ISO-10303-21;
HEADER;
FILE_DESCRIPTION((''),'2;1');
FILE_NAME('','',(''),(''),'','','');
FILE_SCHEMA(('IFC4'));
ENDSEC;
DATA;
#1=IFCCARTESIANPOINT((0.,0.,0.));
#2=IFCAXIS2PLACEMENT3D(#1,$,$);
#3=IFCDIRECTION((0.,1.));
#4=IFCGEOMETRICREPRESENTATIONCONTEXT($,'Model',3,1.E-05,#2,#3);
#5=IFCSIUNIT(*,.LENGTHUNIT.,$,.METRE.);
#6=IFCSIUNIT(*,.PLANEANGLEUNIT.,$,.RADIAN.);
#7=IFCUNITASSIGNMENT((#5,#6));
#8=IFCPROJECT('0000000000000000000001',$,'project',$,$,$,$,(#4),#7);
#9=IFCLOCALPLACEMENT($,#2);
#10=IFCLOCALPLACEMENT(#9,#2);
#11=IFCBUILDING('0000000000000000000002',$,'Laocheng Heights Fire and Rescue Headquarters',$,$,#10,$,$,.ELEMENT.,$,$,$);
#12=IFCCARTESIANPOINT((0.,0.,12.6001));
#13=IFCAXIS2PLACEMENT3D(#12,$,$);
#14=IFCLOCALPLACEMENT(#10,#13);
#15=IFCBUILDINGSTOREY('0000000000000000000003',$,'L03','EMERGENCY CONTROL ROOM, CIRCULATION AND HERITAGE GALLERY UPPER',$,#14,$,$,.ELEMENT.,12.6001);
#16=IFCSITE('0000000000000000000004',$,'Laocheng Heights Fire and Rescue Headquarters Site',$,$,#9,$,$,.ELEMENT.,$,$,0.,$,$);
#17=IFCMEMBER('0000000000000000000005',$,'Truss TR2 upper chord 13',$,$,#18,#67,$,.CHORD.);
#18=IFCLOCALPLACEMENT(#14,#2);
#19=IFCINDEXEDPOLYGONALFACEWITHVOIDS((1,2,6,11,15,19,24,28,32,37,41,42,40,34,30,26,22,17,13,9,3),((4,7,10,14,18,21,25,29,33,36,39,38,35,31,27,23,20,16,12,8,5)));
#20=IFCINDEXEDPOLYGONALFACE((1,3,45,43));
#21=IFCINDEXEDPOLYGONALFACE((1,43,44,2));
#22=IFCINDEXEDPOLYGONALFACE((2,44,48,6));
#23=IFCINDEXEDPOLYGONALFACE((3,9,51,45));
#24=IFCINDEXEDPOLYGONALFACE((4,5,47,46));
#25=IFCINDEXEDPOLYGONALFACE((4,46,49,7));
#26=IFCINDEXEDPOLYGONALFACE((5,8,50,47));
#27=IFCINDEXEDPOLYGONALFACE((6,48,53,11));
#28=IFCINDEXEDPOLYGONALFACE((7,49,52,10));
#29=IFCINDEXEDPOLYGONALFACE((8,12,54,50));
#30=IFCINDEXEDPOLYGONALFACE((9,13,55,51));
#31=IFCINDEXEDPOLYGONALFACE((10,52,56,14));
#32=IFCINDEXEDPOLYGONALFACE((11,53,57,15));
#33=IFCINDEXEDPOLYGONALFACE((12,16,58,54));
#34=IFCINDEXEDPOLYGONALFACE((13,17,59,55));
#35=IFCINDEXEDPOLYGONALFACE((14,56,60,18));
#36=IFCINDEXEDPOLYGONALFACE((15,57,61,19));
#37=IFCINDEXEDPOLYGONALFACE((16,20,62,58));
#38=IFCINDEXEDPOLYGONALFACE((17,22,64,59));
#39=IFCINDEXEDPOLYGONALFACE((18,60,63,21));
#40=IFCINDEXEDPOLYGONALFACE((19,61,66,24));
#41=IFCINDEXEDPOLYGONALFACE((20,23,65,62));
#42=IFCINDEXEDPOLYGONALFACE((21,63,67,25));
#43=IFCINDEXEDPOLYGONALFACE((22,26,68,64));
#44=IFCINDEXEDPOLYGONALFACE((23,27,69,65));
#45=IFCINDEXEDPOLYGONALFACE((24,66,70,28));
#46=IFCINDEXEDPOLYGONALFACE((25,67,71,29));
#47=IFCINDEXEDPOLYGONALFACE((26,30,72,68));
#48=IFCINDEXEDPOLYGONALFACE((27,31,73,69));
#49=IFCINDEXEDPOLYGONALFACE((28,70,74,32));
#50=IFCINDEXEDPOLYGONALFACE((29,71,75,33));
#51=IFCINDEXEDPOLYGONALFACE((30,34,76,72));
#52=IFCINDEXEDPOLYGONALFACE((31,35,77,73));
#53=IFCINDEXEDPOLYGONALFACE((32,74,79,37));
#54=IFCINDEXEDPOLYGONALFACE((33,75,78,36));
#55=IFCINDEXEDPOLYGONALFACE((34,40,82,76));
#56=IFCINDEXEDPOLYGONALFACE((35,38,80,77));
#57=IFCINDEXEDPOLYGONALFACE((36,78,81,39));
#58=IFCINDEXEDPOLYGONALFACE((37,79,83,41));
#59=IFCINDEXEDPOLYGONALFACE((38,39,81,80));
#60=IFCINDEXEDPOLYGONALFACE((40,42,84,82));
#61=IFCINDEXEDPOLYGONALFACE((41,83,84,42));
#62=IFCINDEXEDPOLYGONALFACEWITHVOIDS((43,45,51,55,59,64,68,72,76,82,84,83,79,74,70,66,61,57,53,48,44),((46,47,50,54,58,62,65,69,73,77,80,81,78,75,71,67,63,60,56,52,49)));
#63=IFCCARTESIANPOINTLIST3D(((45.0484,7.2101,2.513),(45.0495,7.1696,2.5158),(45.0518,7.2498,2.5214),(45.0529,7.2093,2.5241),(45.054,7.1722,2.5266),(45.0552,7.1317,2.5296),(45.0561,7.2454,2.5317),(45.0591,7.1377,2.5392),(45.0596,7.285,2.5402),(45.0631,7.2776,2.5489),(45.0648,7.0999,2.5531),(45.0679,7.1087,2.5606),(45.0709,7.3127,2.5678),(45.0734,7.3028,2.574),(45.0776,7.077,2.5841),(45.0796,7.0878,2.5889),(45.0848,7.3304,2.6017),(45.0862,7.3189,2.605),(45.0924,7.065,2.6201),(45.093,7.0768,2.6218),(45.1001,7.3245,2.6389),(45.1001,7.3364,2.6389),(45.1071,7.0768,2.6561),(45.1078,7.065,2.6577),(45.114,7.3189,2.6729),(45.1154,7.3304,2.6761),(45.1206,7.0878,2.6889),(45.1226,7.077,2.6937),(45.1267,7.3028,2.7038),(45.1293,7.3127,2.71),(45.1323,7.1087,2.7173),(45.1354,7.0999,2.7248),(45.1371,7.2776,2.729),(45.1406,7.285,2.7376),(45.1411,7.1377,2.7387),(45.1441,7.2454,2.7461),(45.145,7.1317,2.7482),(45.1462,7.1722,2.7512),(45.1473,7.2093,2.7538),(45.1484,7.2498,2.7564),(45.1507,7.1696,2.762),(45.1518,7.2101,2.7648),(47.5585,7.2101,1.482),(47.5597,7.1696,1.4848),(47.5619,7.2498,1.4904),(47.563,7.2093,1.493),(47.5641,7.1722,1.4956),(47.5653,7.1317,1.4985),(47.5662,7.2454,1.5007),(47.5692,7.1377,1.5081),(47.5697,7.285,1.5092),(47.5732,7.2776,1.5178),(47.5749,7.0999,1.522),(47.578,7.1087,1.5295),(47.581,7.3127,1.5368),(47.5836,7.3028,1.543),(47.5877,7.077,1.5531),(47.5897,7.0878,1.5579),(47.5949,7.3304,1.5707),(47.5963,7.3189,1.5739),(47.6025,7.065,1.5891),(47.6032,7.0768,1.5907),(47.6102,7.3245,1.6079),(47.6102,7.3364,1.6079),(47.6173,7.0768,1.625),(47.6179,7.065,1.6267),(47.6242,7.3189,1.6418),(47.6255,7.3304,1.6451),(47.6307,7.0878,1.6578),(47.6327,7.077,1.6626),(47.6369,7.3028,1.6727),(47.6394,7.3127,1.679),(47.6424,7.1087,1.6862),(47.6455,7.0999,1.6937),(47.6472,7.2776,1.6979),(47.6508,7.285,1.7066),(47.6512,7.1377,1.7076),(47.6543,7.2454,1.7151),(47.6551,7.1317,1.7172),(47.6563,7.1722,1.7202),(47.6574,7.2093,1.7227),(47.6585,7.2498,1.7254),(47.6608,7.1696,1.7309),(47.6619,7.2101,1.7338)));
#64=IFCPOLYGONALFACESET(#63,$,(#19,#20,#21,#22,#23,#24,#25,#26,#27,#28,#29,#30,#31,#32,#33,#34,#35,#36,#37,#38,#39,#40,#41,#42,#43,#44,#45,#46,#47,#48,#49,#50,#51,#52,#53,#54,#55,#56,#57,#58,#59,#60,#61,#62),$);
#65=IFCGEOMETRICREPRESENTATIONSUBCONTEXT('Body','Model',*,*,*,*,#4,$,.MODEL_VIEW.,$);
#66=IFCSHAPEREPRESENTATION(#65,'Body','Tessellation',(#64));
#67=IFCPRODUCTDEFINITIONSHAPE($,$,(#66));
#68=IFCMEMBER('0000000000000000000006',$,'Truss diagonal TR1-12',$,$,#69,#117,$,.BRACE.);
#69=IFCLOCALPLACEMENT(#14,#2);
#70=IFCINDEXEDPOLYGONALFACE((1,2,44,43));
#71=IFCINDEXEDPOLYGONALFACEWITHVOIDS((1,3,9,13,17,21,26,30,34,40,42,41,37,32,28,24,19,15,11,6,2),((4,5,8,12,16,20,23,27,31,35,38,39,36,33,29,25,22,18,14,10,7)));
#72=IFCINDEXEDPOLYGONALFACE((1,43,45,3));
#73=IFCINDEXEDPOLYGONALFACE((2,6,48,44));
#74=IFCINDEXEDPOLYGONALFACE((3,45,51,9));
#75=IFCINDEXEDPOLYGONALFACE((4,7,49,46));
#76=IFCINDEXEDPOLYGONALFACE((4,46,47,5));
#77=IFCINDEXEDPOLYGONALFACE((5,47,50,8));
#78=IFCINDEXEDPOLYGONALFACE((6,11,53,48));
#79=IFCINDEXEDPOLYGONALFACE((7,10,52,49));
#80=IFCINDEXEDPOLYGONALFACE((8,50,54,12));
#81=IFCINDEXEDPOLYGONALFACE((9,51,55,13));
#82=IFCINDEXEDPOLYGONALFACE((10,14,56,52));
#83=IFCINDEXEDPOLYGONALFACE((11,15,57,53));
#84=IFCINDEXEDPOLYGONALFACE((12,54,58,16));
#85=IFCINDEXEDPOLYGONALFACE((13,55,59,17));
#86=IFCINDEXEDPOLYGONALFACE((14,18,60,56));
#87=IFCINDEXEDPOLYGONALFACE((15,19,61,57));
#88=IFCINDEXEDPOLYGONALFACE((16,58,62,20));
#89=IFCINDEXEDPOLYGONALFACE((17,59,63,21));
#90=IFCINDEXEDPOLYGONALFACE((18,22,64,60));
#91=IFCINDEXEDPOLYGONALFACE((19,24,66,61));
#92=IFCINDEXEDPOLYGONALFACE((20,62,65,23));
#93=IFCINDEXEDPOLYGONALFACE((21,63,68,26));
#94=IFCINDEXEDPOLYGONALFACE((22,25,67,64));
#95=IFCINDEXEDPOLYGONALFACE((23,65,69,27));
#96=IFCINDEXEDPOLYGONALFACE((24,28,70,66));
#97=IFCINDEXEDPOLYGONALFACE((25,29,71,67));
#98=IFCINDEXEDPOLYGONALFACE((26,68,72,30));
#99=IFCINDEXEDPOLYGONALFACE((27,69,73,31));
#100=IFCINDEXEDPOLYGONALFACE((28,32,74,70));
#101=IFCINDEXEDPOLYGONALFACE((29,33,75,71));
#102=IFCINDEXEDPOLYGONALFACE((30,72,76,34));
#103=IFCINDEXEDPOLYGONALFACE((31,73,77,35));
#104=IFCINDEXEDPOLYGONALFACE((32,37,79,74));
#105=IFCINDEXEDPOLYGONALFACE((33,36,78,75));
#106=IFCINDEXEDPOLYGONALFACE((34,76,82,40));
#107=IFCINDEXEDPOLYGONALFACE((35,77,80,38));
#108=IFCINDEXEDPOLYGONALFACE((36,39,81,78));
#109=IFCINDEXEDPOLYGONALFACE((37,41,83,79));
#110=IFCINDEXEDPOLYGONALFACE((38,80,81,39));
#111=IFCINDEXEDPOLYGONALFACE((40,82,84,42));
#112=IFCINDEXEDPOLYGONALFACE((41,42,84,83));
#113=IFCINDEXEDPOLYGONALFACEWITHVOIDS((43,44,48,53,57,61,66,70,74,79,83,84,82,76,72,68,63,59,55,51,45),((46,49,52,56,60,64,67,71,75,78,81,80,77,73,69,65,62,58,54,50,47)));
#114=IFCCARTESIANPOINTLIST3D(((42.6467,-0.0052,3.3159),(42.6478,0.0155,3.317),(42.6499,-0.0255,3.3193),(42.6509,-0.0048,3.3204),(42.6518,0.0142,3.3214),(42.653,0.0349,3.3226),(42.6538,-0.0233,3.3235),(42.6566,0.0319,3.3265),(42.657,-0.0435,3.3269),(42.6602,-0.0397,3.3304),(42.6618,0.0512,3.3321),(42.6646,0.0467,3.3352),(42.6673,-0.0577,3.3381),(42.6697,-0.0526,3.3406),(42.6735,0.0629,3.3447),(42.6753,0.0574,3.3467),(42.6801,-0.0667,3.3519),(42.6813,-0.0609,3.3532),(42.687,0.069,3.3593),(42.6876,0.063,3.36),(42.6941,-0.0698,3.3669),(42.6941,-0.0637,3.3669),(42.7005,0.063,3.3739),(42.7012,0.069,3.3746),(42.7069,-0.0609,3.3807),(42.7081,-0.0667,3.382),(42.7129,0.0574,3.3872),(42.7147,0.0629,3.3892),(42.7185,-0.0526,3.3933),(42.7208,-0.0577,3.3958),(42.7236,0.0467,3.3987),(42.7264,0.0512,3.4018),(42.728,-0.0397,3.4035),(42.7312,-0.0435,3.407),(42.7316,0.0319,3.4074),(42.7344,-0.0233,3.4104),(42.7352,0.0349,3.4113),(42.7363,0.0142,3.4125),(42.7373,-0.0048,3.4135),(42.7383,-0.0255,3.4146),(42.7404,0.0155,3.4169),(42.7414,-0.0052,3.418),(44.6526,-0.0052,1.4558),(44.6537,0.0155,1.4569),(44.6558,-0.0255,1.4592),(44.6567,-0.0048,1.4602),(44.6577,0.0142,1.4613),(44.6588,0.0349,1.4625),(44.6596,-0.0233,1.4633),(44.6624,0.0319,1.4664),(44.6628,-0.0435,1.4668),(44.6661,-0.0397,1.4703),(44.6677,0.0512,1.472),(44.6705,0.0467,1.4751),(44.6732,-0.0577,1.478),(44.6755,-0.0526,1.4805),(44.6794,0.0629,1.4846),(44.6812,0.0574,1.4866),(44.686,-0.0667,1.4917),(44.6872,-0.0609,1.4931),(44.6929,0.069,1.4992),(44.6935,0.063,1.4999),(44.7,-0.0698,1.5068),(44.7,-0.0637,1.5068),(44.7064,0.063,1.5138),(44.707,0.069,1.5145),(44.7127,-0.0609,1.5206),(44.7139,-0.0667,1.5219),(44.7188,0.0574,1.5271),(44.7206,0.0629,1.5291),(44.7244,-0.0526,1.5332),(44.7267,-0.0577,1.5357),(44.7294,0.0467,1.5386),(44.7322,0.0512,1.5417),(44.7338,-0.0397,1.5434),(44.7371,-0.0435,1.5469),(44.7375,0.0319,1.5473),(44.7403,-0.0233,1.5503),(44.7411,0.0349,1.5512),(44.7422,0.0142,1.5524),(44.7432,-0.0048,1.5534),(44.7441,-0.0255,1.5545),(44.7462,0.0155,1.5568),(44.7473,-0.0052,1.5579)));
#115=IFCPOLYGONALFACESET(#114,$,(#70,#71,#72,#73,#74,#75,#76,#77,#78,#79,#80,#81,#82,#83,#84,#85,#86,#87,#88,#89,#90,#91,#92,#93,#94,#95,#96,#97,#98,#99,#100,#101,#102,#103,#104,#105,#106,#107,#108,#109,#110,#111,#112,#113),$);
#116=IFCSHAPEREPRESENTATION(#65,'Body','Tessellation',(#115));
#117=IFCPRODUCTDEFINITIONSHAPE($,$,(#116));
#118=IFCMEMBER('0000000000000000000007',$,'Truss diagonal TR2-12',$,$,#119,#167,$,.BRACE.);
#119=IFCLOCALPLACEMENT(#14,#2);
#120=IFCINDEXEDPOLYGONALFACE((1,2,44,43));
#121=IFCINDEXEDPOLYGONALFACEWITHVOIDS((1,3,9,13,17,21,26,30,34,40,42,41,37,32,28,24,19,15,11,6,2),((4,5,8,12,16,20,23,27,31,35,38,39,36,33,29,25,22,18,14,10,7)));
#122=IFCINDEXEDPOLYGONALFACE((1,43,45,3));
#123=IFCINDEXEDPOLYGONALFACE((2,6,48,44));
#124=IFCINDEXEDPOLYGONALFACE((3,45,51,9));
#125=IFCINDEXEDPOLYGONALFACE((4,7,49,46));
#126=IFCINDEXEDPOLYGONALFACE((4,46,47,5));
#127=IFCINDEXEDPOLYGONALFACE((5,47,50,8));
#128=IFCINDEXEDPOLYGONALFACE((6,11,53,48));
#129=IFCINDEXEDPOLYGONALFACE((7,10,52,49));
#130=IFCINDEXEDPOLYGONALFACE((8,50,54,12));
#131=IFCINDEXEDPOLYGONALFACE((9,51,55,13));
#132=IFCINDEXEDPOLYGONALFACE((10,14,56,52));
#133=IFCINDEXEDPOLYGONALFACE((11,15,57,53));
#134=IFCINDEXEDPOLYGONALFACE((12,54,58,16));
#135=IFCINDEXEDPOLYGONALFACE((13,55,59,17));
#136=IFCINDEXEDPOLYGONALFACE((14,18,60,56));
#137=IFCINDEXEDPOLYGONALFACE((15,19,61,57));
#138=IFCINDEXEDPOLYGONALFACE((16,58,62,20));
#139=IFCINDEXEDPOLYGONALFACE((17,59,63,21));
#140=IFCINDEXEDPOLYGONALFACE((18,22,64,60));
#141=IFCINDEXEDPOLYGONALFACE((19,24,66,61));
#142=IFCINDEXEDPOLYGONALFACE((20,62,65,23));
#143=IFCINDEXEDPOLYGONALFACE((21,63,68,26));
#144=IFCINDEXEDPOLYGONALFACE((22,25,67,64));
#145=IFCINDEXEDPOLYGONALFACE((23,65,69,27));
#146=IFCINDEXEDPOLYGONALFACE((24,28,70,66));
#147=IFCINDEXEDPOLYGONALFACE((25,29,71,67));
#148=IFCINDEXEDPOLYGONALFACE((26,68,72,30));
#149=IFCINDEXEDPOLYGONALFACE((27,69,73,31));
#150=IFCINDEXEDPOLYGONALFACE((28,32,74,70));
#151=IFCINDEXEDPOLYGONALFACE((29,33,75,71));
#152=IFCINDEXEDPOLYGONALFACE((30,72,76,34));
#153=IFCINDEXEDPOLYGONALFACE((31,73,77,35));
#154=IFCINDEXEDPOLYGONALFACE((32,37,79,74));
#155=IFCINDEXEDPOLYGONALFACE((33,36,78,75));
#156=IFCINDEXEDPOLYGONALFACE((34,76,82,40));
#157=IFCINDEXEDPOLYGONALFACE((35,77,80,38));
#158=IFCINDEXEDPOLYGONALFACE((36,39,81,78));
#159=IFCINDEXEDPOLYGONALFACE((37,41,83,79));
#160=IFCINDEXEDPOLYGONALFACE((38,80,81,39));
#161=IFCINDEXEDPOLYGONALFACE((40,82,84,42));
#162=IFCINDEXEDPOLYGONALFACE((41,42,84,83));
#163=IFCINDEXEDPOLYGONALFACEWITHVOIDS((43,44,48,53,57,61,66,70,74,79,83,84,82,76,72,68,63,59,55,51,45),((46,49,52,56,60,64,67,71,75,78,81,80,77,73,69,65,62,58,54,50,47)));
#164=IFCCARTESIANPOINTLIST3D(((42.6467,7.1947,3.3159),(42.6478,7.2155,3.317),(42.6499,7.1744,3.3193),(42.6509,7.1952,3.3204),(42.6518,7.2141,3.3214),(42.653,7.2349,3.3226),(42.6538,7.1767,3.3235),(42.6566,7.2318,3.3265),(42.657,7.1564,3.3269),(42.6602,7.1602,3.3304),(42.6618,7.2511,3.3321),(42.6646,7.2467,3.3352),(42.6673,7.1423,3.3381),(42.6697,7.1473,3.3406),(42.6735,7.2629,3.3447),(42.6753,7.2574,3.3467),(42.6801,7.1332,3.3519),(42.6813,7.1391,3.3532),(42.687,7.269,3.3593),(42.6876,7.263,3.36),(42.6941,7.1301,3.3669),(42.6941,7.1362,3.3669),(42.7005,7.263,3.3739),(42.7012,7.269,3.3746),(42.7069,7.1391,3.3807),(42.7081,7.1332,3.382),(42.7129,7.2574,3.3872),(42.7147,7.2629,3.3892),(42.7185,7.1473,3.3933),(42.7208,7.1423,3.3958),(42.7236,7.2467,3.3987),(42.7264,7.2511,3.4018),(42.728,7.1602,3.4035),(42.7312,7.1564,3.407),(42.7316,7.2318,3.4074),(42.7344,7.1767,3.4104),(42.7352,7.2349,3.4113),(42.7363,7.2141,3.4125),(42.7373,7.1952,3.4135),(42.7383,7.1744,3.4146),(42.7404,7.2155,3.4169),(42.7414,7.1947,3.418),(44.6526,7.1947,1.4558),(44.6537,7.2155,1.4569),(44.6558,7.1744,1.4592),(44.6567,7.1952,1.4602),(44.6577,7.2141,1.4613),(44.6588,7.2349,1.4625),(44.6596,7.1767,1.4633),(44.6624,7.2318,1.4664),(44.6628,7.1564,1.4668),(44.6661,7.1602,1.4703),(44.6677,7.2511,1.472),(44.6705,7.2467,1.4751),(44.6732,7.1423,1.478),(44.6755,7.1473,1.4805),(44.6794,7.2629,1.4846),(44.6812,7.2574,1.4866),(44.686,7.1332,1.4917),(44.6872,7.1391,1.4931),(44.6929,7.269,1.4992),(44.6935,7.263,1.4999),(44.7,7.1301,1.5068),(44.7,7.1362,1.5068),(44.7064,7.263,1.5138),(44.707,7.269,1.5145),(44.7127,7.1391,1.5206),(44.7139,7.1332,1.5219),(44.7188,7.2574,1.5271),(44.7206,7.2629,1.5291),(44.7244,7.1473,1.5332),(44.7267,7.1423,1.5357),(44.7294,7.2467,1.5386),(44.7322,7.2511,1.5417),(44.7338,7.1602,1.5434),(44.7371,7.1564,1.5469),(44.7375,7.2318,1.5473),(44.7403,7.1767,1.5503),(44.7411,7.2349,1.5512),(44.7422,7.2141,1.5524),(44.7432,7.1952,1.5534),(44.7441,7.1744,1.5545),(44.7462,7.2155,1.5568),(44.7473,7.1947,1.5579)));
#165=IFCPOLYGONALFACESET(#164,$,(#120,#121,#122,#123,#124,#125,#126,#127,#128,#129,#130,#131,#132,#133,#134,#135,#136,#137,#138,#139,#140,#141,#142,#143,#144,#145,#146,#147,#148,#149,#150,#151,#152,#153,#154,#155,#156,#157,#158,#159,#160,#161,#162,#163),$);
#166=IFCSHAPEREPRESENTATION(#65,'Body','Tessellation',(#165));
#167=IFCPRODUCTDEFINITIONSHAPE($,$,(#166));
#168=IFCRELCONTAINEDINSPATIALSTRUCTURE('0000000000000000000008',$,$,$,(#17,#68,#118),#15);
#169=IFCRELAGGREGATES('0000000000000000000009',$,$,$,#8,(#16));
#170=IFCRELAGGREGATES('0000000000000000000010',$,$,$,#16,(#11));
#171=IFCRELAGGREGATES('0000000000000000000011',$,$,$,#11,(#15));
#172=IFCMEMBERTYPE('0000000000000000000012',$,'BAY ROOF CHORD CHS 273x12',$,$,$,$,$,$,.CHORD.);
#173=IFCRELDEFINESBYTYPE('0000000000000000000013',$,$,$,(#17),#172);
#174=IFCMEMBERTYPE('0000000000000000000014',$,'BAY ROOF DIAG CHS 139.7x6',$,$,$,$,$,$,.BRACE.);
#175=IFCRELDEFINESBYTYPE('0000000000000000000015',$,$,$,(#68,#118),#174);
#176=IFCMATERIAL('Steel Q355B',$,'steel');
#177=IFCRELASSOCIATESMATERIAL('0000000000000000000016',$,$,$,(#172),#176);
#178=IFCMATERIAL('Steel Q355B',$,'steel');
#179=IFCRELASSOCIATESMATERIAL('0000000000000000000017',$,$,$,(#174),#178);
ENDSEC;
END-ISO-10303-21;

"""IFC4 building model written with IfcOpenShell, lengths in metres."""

from ifc_helpers import new_model, si_unit, direction, frame, origin, origin_2d, place, context, subcontext, project, spatial, hollow_circle, extrude, material, material_profile, profile_set, type_object, element, save


model = new_model("IFC4")

# Units and contexts
model_context = context("Model", 3, precision=1e-05, world=origin(), true_north=direction((0.0, 1.0)))
body_context = subcontext(model_context, "Body", "Model", "MODEL_VIEW")
ifc_project = project(units=[si_unit("LENGTHUNIT", "METRE"), si_unit("PLANEANGLEUNIT", "RADIAN")], contexts=[model_context])

# Site, building, storey
site_placement = place(None, origin())
site = spatial("IfcSite", under=ifc_project, at=site_placement, Name="Laocheng Heights Fire and Rescue Headquarters Site", CompositionType="ELEMENT", RefElevation=0.0)
building_placement = place(site_placement, origin())
building = spatial("IfcBuilding", under=site, at=building_placement, Name="Laocheng Heights Fire and Rescue Headquarters", CompositionType="ELEMENT")
storey_placement = place(building_placement, frame((0.0, 0.0, 12.6001)))
storey = spatial("IfcBuildingStorey", under=building, at=storey_placement, Name="L03", Description="EMERGENCY CONTROL ROOM, CIRCULATION AND HERITAGE GALLERY UPPER", CompositionType="ELEMENT", Elevation=12.6001)

# Members
ifc_material_1 = material(Name="Steel Q355B", Category="steel")
ifc_material_profile_1 = material_profile(ifc_material_1, hollow_circle(Radius=0.1365, WallThickness=0.012, at=origin_2d()), Name="CHS 273x12")
ifc_profile_set_1 = profile_set([ifc_material_profile_1], Name="Steel Q355B")
member_type_1 = type_object("IfcMemberType", Name="BAY ROOF CHORD CHS 273x12", PredefinedType="CHORD", material=ifc_profile_set_1)
for number, where, z_axis, x_axis, name in (
    (1, (45.1001, 7.2, 2.6389), (0.925006, 0.0, -0.379953), (0.0, 1.0, 0.0), "Truss TR2 upper chord 13"),
):
    element("IfcMember", number, at=place(storey_placement, frame(where, z_axis=z_axis, x_axis=x_axis)), inside=storey, type_object=member_type_1, Name=name, PredefinedType="CHORD", context=body_context, shape_type="SweptSolid", body=[
        extrude(hollow_circle(Radius=0.1365, WallThickness=0.012, at=origin_2d()), origin(), (0.0, 0.0, 1.0), 2.7136),
    ])
ifc_material_2 = material(Name="Steel Q355B", Category="steel")
ifc_material_profile_2 = material_profile(ifc_material_2, hollow_circle(Radius=0.0698, WallThickness=0.0061, at=origin_2d()), Name="CHS 139.7x6")
ifc_profile_set_2 = profile_set([ifc_material_profile_2], Name="Steel Q355B")
member_type_2 = type_object("IfcMemberType", Name="BAY ROOF DIAG CHS 139.7x6", PredefinedType="BRACE", material=ifc_profile_set_2)
for number, where, z_axis, x_axis, name in (
    (2, (44.7, 0.0, 1.5068), (-0.733245, 0.0, 0.679965), (0.0, -1.0, 0.0), "Truss diagonal TR1-12"),
    (3, (44.7, 7.2, 1.5068), (-0.733245, 0.0, 0.679965), (0.0, -1.0, 0.0), "Truss diagonal TR2-12"),
):
    element("IfcMember", number, at=place(storey_placement, frame(where, z_axis=z_axis, x_axis=x_axis)), inside=storey, type_object=member_type_2, Name=name, PredefinedType="BRACE", context=body_context, shape_type="SweptSolid", body=[
        extrude(hollow_circle(Radius=0.0698, WallThickness=0.0061, at=origin_2d()), origin(), (0.0, 0.0, 1.0), 2.7356),
    ])

save(model, "model.ifc")
